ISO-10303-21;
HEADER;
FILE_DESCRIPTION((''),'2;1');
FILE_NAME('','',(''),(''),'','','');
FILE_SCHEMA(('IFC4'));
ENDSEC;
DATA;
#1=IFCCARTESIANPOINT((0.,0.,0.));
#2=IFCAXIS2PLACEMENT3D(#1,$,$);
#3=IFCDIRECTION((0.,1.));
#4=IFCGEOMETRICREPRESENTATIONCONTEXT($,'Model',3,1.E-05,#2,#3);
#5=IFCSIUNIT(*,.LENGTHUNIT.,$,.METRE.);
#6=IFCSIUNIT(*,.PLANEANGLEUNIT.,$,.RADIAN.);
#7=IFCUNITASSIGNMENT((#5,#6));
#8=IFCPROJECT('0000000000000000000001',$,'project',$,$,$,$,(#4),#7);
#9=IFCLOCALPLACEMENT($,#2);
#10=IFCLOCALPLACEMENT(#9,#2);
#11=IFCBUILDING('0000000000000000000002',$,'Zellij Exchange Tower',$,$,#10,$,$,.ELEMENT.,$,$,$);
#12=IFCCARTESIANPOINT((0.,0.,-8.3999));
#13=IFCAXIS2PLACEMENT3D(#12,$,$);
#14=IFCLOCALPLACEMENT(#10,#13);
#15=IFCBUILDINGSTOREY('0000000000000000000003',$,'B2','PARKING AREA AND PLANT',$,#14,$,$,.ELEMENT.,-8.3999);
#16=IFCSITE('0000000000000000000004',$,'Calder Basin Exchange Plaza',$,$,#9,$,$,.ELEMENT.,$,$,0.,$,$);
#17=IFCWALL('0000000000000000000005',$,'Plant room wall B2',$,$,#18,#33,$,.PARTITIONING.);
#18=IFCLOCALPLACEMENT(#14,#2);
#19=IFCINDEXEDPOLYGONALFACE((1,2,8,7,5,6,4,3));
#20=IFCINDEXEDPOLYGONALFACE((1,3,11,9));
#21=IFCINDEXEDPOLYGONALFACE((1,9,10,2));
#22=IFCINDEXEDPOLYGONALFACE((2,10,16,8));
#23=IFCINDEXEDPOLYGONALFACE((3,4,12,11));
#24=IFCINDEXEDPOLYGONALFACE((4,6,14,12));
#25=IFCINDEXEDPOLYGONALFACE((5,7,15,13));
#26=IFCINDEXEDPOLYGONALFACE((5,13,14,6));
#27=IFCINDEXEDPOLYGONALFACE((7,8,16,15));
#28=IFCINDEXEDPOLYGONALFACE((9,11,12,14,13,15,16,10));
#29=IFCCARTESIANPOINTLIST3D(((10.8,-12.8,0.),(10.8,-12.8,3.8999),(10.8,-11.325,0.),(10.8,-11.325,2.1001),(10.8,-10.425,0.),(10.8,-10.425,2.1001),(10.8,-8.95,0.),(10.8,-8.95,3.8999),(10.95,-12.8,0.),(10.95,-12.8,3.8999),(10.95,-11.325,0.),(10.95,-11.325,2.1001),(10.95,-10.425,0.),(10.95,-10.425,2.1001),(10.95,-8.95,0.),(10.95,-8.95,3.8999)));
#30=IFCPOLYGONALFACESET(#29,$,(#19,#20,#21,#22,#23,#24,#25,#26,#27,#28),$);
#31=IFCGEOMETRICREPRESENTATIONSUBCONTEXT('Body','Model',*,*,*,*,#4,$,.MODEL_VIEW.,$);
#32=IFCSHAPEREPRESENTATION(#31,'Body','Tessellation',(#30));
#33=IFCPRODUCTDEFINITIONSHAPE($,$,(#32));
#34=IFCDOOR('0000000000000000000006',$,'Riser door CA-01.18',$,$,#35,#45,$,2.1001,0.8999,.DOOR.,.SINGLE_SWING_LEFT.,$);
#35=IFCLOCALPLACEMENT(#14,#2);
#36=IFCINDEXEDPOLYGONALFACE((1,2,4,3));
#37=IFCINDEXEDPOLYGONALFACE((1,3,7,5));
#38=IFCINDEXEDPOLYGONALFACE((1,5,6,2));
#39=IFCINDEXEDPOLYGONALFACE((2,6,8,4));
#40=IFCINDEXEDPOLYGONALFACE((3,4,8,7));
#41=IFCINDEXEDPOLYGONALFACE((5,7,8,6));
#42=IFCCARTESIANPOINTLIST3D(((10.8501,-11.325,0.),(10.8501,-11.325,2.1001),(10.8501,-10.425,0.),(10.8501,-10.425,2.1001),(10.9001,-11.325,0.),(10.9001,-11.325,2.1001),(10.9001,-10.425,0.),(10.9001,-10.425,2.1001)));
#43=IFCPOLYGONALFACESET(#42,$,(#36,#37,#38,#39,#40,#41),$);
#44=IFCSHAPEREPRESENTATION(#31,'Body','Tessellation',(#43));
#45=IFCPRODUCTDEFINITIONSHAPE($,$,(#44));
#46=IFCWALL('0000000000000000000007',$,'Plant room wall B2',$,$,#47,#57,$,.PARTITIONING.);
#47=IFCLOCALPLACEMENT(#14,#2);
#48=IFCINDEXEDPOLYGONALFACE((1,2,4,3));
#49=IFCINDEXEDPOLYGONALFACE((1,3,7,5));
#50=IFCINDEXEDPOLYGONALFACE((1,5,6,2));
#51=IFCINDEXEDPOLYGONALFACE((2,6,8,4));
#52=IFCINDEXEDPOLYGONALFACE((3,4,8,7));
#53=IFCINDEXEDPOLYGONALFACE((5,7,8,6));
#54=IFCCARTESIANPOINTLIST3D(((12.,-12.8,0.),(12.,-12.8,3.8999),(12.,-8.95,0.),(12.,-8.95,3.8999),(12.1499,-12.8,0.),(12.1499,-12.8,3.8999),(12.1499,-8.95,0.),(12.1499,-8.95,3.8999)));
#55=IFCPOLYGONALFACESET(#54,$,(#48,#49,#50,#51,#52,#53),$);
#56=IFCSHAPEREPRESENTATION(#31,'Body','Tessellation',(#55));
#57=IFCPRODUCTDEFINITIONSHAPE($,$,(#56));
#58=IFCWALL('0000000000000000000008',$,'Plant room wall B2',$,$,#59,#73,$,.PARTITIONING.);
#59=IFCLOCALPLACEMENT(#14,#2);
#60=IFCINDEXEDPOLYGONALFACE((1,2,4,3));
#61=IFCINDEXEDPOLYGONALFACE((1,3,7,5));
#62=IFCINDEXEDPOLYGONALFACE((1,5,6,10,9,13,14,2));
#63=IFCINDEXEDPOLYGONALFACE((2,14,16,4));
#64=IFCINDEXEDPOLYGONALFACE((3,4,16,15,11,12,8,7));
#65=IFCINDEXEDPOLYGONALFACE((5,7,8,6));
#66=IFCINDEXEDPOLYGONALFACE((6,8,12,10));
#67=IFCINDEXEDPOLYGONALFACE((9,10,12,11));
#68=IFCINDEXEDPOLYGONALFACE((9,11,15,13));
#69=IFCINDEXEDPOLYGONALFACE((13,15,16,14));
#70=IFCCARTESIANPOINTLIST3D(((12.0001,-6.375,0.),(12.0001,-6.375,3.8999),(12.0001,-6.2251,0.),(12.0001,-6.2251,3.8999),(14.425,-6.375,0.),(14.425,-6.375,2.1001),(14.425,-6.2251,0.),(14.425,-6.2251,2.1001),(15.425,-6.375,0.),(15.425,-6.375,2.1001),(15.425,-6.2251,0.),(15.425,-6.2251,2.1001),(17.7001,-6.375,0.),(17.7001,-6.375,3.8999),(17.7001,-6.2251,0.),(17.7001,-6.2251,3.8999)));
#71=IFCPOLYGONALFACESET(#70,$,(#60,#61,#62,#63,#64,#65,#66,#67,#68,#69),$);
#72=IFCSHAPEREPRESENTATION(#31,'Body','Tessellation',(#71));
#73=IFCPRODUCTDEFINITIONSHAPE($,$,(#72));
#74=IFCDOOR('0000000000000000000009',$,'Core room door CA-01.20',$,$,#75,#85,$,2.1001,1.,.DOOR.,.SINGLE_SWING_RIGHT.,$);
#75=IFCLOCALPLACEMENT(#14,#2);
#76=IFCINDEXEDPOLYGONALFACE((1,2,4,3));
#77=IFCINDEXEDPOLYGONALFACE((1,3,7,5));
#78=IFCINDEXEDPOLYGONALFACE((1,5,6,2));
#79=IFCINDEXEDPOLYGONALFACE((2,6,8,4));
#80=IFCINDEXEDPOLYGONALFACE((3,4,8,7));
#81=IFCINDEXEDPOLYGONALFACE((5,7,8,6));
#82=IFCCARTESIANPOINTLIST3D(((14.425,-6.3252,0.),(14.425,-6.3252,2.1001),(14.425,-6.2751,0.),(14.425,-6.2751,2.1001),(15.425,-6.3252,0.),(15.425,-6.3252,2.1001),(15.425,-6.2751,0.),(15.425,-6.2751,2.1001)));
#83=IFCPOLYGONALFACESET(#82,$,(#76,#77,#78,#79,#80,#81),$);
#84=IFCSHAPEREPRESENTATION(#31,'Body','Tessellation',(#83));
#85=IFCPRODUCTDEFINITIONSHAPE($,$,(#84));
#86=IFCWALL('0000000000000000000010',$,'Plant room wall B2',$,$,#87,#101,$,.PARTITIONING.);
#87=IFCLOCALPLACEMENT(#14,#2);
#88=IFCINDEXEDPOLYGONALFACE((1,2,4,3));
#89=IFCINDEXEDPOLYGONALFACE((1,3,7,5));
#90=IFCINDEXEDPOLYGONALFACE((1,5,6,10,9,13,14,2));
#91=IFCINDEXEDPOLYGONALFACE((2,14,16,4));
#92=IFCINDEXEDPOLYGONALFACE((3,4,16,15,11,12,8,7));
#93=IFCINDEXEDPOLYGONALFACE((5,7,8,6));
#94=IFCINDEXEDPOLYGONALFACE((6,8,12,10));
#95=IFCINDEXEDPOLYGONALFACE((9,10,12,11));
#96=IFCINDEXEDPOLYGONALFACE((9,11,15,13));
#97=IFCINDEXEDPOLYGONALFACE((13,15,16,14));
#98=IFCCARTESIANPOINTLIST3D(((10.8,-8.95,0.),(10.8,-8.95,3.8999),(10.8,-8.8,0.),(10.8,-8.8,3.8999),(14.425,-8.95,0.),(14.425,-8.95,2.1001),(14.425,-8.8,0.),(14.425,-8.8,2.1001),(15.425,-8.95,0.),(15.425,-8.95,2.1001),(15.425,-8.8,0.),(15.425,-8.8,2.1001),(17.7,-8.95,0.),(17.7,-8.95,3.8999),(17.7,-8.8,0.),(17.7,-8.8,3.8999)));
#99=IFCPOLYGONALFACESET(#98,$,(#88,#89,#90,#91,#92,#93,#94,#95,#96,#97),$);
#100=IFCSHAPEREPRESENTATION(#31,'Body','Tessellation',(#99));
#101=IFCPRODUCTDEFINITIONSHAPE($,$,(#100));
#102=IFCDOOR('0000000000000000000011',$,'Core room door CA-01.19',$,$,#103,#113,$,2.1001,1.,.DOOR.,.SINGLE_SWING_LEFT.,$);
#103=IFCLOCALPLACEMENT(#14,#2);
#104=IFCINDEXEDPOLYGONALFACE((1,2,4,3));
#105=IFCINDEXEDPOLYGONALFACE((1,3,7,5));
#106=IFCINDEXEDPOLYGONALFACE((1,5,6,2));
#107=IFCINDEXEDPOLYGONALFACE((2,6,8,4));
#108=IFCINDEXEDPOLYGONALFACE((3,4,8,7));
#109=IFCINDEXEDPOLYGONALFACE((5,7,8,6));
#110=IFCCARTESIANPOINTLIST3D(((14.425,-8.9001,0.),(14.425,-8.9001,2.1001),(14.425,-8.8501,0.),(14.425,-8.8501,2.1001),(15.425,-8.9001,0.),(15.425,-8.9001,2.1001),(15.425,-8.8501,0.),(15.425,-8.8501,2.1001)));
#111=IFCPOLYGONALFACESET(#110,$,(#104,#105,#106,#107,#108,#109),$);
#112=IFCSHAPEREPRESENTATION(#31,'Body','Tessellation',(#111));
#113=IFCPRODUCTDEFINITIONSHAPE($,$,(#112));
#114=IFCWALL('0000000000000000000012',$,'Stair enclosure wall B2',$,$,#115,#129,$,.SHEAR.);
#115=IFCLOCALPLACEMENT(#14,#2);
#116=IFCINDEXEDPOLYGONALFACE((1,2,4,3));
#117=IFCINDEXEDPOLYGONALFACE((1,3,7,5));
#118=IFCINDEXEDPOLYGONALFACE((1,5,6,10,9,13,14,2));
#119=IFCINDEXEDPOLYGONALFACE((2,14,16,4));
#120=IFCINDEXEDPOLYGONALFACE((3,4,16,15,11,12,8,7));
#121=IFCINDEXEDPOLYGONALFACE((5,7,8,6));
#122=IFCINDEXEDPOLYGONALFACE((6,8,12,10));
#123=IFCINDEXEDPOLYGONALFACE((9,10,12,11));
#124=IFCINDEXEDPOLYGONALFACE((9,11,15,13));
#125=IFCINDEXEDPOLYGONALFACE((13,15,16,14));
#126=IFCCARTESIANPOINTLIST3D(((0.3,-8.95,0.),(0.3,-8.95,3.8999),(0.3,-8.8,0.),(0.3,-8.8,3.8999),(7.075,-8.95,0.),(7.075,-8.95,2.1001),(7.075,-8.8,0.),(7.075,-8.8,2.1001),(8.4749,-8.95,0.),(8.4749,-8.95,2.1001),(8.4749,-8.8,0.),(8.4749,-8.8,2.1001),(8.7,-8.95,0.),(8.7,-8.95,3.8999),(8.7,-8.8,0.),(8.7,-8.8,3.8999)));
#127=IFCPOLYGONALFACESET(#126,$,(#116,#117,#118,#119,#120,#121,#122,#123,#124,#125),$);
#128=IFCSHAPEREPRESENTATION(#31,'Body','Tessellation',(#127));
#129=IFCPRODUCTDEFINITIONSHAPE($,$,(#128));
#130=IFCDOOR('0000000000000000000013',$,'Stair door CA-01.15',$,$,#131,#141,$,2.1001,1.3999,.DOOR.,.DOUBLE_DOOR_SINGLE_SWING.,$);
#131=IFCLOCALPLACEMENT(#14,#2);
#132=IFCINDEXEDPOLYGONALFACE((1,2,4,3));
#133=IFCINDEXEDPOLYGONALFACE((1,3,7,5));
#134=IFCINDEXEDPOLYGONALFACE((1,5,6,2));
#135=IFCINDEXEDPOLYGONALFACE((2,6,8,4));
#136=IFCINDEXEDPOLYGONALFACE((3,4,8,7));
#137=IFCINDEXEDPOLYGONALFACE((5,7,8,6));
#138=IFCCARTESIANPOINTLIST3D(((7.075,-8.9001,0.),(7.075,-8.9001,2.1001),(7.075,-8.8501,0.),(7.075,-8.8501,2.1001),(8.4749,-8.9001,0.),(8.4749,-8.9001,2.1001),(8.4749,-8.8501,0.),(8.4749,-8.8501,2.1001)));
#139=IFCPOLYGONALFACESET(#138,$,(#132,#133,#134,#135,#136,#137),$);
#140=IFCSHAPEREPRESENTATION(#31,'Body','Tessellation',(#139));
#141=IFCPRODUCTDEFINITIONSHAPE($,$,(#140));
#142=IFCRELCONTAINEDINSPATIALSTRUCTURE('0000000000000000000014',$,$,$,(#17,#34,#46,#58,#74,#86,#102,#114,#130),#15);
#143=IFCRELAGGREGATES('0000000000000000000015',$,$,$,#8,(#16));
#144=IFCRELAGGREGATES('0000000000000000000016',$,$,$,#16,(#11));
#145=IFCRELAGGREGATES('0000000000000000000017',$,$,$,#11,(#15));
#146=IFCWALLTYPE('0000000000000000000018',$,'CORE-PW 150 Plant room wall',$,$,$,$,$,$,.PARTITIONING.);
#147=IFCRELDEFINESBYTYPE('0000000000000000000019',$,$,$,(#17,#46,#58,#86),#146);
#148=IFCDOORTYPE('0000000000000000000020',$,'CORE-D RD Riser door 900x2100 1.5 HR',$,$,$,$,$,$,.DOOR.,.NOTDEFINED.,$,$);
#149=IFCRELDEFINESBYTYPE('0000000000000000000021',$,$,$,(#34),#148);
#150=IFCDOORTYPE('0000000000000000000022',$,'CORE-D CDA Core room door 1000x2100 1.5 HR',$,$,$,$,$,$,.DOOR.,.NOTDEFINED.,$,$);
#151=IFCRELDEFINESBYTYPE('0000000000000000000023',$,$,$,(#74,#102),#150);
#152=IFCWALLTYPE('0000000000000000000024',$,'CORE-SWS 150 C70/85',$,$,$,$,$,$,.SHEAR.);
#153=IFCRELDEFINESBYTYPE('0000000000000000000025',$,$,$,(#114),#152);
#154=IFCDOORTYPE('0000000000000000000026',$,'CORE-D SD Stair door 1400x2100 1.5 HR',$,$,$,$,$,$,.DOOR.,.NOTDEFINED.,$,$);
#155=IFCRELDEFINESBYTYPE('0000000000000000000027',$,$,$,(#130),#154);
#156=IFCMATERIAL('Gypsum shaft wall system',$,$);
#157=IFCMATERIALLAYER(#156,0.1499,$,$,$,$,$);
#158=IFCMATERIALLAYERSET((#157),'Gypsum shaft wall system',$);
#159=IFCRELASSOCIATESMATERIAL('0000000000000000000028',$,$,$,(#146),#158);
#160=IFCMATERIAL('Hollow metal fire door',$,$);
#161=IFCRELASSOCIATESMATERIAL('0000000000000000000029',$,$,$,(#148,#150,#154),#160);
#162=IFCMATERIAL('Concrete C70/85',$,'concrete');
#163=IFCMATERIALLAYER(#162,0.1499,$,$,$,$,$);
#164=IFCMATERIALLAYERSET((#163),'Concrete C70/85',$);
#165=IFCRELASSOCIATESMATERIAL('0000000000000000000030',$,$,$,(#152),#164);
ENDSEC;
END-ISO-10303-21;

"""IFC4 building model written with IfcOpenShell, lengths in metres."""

from ifc_helpers import new_model, si_unit, direction, frame, frame_2d, origin, place, context, subcontext, project, spatial, rectangle, extrude, material, layer, layer_set, type_object, element, fill, save


model = new_model("IFC4")

# Units and contexts
model_context = context("Model", 3, precision=1e-05, world=origin(), true_north=direction((0.0, 1.0)))
body_context = subcontext(model_context, "Body", "Model", "MODEL_VIEW")
ifc_project = project(units=[si_unit("LENGTHUNIT", "METRE"), si_unit("PLANEANGLEUNIT", "RADIAN")], contexts=[model_context])

# Site, building, storey
site_placement = place(None, origin())
site = spatial("IfcSite", under=ifc_project, at=site_placement, Name="Calder Basin Exchange Plaza", CompositionType="ELEMENT", RefElevation=0.0)
building_placement = place(site_placement, origin())
building = spatial("IfcBuilding", under=site, at=building_placement, Name="Zellij Exchange Tower", CompositionType="ELEMENT")
storey_placement = place(building_placement, frame((0.0, 0.0, -8.3999)))
storey = spatial("IfcBuildingStorey", under=building, at=storey_placement, Name="B2", Description="PARKING AREA AND PLANT", CompositionType="ELEMENT", Elevation=-8.3999)

# Shared definitions
ifc_material_1 = material(Name="Concrete C70/85", Category="concrete")

# Wall, opening, door
ifc_material_2 = material(Name="Gypsum shaft wall system")
ifc_material_3 = material(Name="Hollow metal fire door")
ifc_layer_1 = layer(ifc_material_2, 0.1499)
ifc_layer_set_1 = layer_set([ifc_layer_1], Name="Gypsum shaft wall system")
wall_type_1 = type_object("IfcWallType", Name="CORE-PW 150 Plant room wall", PredefinedType="PARTITIONING", material=ifc_layer_set_1)
wall_1_placement = place(storey_placement, frame((10.875, -12.8, 0.0), z_axis=(0.0, 0.0, 1.0), x_axis=(0.0, 1.0, 0.0)))
wall_1 = element("IfcWall", 1, at=wall_1_placement, inside=storey, type_object=wall_type_1, Name="Plant room wall B2", PredefinedType="PARTITIONING", context=body_context, shape_type="SweptSolid", body=[
    extrude(rectangle(XDim=3.8501, YDim=0.1499, at=frame_2d((1.925, 0.0))), origin(), (0.0, 0.0, 1.0), 3.8999),
])
opening_1_placement = place(wall_1_placement, frame((1.4751, 0.0, 0.0)))
opening_1 = element("IfcOpeningElement", 2, at=opening_1_placement, cuts=wall_1, PredefinedType="OPENING", context=body_context, shape_type="SweptSolid", body=[
    extrude(rectangle(XDim=0.8999, YDim=2.1001, at=frame_2d((0.45, 1.05))), frame((0.0, 0.0869, 0.0), z_axis=(0.0, -1.0, 0.0), x_axis=(1.0, 0.0, 0.0)), (0.0, 0.0, 1.0), 0.1738),
])
door_type_1 = type_object("IfcDoorType", Name="CORE-D RD Riser door 900x2100 1.5 HR", OperationType="NOTDEFINED", PredefinedType="DOOR", material=ifc_material_3)
door_1_placement = place(opening_1_placement, origin())
door_1 = element("IfcDoor", 3, at=door_1_placement, inside=storey, type_object=door_type_1, Name="Riser door CA-01.18", OperationType="SINGLE_SWING_LEFT", OverallHeight=2.1001, OverallWidth=0.8999, PredefinedType="DOOR", context=body_context, shape_type="SweptSolid", body=[
    extrude(rectangle(XDim=0.8999, YDim=2.1001, at=frame_2d((0.45, 1.05))), frame((0.0, 0.0249, 0.0), z_axis=(0.0, -1.0, 0.0), x_axis=(1.0, 0.0, 0.0)), (0.0, 0.0, 1.0), 0.05),
])
fill(opening_1, door_1)

# Wall
wall_2_placement = place(storey_placement, frame((12.075, -12.8, 0.0), z_axis=(0.0, 0.0, 1.0), x_axis=(0.0, 1.0, 0.0)))
element("IfcWall", 4, at=wall_2_placement, inside=storey, type_object=wall_type_1, Name="Plant room wall B2", PredefinedType="PARTITIONING", context=body_context, shape_type="SweptSolid", body=[
    extrude(rectangle(XDim=3.8501, YDim=0.1499, at=frame_2d((1.925, 0.0))), origin(), (0.0, 0.0, 1.0), 3.8999),
])

# Walls, openings, doors
wall_3_placement = place(storey_placement, frame((12.0, -6.3, 0.0), z_axis=(0.0, 0.0, 1.0), x_axis=(1.0, 0.0, 0.0)))
wall_3 = element("IfcWall", 5, at=wall_3_placement, inside=storey, type_object=wall_type_1, Name="Plant room wall B2", PredefinedType="PARTITIONING", context=body_context, shape_type="SweptSolid", body=[
    extrude(rectangle(XDim=5.7, YDim=0.1499, at=frame_2d((2.8501, 0.0))), origin(), (0.0, 0.0, 1.0), 3.8999),
])
opening_2_placement = place(wall_3_placement, frame((2.425, 0.0, 0.0)))
opening_2 = element("IfcOpeningElement", 6, at=opening_2_placement, cuts=wall_3, PredefinedType="OPENING", context=body_context, shape_type="SweptSolid", body=[
    extrude(rectangle(XDim=1.0, YDim=2.1001, at=frame_2d((0.5, 1.05))), frame((0.0, 0.0869, 0.0), z_axis=(0.0, -1.0, 0.0), x_axis=(1.0, 0.0, 0.0)), (0.0, 0.0, 1.0), 0.1738),
])
door_type_2 = type_object("IfcDoorType", Name="CORE-D CDA Core room door 1000x2100 1.5 HR", OperationType="NOTDEFINED", PredefinedType="DOOR", material=ifc_material_3)
door_2_placement = place(opening_2_placement, origin())
door_2 = element("IfcDoor", 7, at=door_2_placement, inside=storey, type_object=door_type_2, Name="Core room door CA-01.20", OperationType="SINGLE_SWING_RIGHT", OverallHeight=2.1001, OverallWidth=1.0, PredefinedType="DOOR", context=body_context, shape_type="SweptSolid", body=[
    extrude(rectangle(XDim=1.0, YDim=2.1001, at=frame_2d((0.5, 1.05))), frame((0.0, 0.0249, 0.0), z_axis=(0.0, -1.0, 0.0), x_axis=(1.0, 0.0, 0.0)), (0.0, 0.0, 1.0), 0.05),
])
fill(opening_2, door_2)
wall_4_placement = place(storey_placement, frame((10.8, -8.875, 0.0), z_axis=(0.0, 0.0, 1.0), x_axis=(1.0, 0.0, 0.0)))
wall_4 = element("IfcWall", 8, at=wall_4_placement, inside=storey, type_object=wall_type_1, Name="Plant room wall B2", PredefinedType="PARTITIONING", context=body_context, shape_type="SweptSolid", body=[
    extrude(rectangle(XDim=6.8999, YDim=0.1499, at=frame_2d((3.45, 0.0))), origin(), (0.0, 0.0, 1.0), 3.8999),
])
opening_3_placement = place(wall_4_placement, frame((3.625, 0.0, 0.0)))
opening_3 = element("IfcOpeningElement", 9, at=opening_3_placement, cuts=wall_4, PredefinedType="OPENING", context=body_context, shape_type="SweptSolid", body=[
    extrude(rectangle(XDim=1.0, YDim=2.1001, at=frame_2d((0.5, 1.05))), frame((0.0, 0.0869, 0.0), z_axis=(0.0, -1.0, 0.0), x_axis=(1.0, 0.0, 0.0)), (0.0, 0.0, 1.0), 0.1738),
])
door_3_placement = place(opening_3_placement, origin())
door_3 = element("IfcDoor", 10, at=door_3_placement, inside=storey, type_object=door_type_2, Name="Core room door CA-01.19", OperationType="SINGLE_SWING_LEFT", OverallHeight=2.1001, OverallWidth=1.0, PredefinedType="DOOR", context=body_context, shape_type="SweptSolid", body=[
    extrude(rectangle(XDim=1.0, YDim=2.1001, at=frame_2d((0.5, 1.05))), frame((0.0, 0.0249, 0.0), z_axis=(0.0, -1.0, 0.0), x_axis=(1.0, 0.0, 0.0)), (0.0, 0.0, 1.0), 0.05),
])
fill(opening_3, door_3)
ifc_layer_2 = layer(ifc_material_1, 0.1499)
ifc_layer_set_2 = layer_set([ifc_layer_2], Name="Concrete C70/85")
wall_type_2 = type_object("IfcWallType", Name="CORE-SWS 150 C70/85", PredefinedType="SHEAR", material=ifc_layer_set_2)
wall_5_placement = place(storey_placement, frame((0.3, -8.875, 0.0), z_axis=(0.0, 0.0, 1.0), x_axis=(1.0, 0.0, 0.0)))
wall_5 = element("IfcWall", 11, at=wall_5_placement, inside=storey, type_object=wall_type_2, Name="Stair enclosure wall B2", PredefinedType="SHEAR", context=body_context, shape_type="SweptSolid", body=[
    extrude(rectangle(XDim=8.3999, YDim=0.1499, at=frame_2d((4.2, 0.0))), origin(), (0.0, 0.0, 1.0), 3.8999),
])
opening_4_placement = place(wall_5_placement, frame((6.7749, 0.0, 0.0)))
opening_4 = element("IfcOpeningElement", 12, at=opening_4_placement, cuts=wall_5, PredefinedType="OPENING", context=body_context, shape_type="SweptSolid", body=[
    extrude(rectangle(XDim=1.3999, YDim=2.1001, at=frame_2d((0.7, 1.05))), frame((0.0, 0.0869, 0.0), z_axis=(0.0, -1.0, 0.0), x_axis=(1.0, 0.0, 0.0)), (0.0, 0.0, 1.0), 0.1738),
])
door_type_3 = type_object("IfcDoorType", Name="CORE-D SD Stair door 1400x2100 1.5 HR", OperationType="NOTDEFINED", PredefinedType="DOOR", material=ifc_material_3)
door_4_placement = place(opening_4_placement, origin())
door_4 = element("IfcDoor", 13, at=door_4_placement, inside=storey, type_object=door_type_3, Name="Stair door CA-01.15", OperationType="DOUBLE_DOOR_SINGLE_SWING", OverallHeight=2.1001, OverallWidth=1.3999, PredefinedType="DOOR", context=body_context, shape_type="SweptSolid", body=[
    extrude(rectangle(XDim=1.3999, YDim=2.1001, at=frame_2d((0.7, 1.05))), frame((0.0, 0.0249, 0.0), z_axis=(0.0, -1.0, 0.0), x_axis=(1.0, 0.0, 0.0)), (0.0, 0.0, 1.0), 0.05),
])
fill(opening_4, door_4)

save(model, "model.ifc")
